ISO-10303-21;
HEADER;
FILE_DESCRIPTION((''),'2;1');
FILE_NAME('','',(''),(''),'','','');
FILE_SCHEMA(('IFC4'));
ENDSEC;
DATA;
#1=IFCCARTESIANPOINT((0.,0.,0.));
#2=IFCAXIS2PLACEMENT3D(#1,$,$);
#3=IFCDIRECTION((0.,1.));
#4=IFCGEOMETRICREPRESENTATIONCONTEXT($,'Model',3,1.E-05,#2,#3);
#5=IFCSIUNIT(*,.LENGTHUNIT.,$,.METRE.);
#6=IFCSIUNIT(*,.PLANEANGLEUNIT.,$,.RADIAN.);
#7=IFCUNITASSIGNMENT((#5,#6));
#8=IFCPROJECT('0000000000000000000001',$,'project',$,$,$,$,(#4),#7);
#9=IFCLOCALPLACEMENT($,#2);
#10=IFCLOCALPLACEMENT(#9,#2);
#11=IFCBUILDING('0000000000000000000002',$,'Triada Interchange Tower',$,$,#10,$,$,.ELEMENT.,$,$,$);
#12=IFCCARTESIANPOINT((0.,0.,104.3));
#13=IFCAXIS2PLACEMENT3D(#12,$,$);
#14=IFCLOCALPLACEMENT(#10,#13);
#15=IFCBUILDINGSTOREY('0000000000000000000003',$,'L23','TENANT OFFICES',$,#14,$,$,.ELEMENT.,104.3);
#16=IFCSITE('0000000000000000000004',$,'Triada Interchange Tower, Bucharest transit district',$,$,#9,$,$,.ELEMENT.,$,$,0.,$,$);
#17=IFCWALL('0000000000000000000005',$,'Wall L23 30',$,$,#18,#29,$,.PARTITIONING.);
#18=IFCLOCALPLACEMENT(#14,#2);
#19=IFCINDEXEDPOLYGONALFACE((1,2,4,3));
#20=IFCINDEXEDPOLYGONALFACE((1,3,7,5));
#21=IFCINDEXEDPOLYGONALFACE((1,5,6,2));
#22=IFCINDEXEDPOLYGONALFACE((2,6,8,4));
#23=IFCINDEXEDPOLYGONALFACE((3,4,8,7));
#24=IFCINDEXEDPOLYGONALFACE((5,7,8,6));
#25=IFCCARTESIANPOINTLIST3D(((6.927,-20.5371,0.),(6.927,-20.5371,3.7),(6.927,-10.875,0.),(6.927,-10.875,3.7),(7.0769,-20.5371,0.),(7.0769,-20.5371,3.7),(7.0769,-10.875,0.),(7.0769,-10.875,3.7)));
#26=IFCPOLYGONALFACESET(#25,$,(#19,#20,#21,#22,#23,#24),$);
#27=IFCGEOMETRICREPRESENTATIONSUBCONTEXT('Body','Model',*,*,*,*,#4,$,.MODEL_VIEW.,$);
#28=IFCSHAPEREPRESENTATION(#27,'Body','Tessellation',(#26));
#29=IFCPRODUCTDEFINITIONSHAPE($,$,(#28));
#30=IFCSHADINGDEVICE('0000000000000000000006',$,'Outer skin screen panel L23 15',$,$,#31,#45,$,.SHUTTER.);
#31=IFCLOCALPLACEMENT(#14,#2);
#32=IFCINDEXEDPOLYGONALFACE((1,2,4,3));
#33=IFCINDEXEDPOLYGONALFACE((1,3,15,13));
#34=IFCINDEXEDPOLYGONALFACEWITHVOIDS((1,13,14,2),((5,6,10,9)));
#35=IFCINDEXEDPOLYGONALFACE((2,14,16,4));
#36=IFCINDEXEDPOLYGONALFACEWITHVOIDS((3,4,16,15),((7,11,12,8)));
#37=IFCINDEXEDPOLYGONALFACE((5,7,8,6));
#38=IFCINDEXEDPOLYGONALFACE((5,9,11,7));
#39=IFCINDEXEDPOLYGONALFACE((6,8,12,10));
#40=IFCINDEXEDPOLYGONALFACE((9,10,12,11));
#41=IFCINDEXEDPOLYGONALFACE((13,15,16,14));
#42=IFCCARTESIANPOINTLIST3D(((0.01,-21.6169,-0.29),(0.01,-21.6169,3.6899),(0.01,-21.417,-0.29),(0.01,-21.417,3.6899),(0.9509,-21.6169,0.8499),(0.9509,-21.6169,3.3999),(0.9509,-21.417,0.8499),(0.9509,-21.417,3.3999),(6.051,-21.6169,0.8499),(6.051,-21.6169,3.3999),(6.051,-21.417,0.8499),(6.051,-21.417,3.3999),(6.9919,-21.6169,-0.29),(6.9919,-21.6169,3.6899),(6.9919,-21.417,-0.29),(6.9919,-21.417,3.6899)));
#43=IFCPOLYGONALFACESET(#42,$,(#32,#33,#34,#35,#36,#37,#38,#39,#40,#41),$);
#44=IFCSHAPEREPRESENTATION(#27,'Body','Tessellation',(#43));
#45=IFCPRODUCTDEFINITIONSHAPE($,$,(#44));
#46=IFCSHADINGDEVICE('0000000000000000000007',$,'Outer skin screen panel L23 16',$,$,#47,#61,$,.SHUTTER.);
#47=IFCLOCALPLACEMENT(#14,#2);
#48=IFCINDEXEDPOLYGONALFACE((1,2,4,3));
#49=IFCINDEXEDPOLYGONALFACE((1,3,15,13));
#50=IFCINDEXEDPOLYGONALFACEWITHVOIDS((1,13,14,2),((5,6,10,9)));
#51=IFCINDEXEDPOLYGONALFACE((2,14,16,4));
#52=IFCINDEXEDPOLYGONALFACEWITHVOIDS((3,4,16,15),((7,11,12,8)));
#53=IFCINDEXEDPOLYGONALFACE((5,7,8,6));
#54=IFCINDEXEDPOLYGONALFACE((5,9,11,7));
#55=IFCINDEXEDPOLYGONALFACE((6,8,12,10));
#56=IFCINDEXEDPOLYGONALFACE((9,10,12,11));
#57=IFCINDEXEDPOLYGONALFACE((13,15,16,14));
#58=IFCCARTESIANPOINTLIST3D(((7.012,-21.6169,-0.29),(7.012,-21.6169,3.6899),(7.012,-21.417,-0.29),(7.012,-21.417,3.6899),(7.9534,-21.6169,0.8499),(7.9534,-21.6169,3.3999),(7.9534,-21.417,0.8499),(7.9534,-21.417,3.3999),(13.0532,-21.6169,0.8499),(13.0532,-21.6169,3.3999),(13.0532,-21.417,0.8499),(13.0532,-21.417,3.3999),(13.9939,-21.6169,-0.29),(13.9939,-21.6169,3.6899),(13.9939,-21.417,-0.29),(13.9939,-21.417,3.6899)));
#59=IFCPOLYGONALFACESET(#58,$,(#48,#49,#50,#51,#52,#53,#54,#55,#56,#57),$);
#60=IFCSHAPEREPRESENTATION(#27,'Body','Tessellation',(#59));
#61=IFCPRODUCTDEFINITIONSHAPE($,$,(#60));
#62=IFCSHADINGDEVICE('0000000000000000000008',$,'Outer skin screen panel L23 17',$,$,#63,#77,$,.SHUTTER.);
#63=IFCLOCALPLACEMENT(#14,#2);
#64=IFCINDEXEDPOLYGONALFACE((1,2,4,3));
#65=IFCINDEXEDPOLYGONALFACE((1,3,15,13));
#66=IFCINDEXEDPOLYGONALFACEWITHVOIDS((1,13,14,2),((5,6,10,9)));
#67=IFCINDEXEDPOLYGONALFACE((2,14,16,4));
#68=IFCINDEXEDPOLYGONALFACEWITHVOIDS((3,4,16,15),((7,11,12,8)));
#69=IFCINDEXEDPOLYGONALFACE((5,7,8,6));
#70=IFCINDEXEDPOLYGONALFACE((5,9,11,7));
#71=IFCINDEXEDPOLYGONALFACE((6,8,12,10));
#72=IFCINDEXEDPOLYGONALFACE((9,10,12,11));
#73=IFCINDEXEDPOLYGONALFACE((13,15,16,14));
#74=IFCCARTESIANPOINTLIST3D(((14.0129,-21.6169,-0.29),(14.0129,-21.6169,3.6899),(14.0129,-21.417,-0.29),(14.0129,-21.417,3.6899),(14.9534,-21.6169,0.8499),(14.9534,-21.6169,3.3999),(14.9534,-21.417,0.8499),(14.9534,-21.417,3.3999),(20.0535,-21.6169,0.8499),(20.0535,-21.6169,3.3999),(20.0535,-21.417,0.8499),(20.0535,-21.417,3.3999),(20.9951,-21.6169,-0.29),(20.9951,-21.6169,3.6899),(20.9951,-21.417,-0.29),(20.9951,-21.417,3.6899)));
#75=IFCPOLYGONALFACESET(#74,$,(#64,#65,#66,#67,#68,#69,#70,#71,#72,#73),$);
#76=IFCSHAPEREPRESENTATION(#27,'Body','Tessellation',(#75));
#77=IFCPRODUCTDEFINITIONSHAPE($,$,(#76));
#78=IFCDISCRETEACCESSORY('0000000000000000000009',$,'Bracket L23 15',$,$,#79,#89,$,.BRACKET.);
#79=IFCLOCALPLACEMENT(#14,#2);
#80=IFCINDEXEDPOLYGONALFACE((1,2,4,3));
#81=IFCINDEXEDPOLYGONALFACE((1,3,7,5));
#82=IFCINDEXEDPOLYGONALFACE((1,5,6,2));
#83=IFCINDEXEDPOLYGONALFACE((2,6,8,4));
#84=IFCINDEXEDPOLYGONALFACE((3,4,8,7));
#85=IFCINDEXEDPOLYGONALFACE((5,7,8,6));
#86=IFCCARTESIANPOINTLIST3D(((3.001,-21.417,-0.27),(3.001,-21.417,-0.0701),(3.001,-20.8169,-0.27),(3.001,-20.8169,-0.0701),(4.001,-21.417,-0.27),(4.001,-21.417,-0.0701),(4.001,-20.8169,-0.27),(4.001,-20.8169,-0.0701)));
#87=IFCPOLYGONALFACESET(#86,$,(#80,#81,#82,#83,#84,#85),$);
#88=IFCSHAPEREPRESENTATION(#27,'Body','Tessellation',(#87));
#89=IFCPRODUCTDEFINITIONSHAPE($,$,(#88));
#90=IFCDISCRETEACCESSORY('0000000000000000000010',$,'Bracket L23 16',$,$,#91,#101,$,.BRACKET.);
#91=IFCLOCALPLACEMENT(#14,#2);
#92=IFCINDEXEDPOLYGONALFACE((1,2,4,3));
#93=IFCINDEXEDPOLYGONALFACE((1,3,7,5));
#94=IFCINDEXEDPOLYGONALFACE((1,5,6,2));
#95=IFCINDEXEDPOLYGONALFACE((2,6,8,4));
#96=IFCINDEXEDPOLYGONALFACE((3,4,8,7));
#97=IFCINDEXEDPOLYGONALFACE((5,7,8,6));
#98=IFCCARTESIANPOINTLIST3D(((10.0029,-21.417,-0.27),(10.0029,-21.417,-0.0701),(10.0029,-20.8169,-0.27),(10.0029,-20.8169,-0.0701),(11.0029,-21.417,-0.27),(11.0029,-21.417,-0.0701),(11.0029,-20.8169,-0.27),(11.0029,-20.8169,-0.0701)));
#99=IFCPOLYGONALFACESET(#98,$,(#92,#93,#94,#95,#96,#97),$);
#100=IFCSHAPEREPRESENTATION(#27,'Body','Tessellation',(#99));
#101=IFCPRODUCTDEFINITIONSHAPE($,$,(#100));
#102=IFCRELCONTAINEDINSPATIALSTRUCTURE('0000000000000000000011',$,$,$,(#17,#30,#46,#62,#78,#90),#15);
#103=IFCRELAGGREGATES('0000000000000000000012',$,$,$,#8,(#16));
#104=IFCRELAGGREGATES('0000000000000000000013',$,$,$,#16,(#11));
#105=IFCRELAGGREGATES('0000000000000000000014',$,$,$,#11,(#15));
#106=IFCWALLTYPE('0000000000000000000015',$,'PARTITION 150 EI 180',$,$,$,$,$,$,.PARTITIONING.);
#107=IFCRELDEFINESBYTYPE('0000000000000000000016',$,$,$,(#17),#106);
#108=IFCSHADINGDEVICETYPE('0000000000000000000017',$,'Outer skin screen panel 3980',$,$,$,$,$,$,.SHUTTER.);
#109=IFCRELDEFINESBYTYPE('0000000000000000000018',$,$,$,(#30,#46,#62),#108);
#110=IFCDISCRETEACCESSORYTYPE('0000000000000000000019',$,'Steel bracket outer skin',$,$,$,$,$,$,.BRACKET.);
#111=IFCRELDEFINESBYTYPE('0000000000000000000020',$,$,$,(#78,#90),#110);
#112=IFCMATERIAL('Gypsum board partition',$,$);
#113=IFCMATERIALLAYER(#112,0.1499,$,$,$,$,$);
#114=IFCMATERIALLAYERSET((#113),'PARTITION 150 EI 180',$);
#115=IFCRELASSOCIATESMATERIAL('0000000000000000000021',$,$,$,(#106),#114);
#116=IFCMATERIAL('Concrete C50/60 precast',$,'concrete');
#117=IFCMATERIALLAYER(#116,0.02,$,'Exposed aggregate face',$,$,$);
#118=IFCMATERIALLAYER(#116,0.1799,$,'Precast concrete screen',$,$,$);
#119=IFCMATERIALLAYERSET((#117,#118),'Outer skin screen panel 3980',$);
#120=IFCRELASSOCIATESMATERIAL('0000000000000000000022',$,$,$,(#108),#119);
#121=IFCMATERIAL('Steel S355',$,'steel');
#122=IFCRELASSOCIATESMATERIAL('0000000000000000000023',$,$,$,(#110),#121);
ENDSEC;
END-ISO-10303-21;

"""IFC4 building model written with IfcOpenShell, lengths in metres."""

from ifc_helpers import new_model, si_unit, direction, frame, frame_2d, origin, origin_2d, place, context, subcontext, project, spatial, polyline, rectangle, outline, extrude, material, layer, layer_set, type_object, element, save


model = new_model("IFC4")

# Units and contexts
model_context = context("Model", 3, precision=1e-05, world=origin(), true_north=direction((0.0, 1.0)))
body_context = subcontext(model_context, "Body", "Model", "MODEL_VIEW")
ifc_project = project(units=[si_unit("LENGTHUNIT", "METRE"), si_unit("PLANEANGLEUNIT", "RADIAN")], contexts=[model_context])

# Site, building, storey
site_placement = place(None, origin())
site = spatial("IfcSite", under=ifc_project, at=site_placement, Name="Triada Interchange Tower, Bucharest transit district", CompositionType="ELEMENT", RefElevation=0.0)
building_placement = place(site_placement, origin())
building = spatial("IfcBuilding", under=site, at=building_placement, Name="Triada Interchange Tower", CompositionType="ELEMENT")
storey_placement = place(building_placement, frame((0.0, 0.0, 104.3)))
storey = spatial("IfcBuildingStorey", under=building, at=storey_placement, Name="L23", Description="TENANT OFFICES", CompositionType="ELEMENT", Elevation=104.3)

# Wall
ifc_material_1 = material(Name="Gypsum board partition")
ifc_layer_1 = layer(ifc_material_1, 0.1499)
ifc_layer_set_1 = layer_set([ifc_layer_1], Name="PARTITION 150 EI 180")
wall_type_1 = type_object("IfcWallType", Name="PARTITION 150 EI 180", PredefinedType="PARTITIONING", material=ifc_layer_set_1)
wall_1_placement = place(storey_placement, frame((7.002, -20.5371, 0.0), z_axis=(0.0, 0.0, 1.0), x_axis=(0.0, 1.0, 0.0)))
element("IfcWall", 1, at=wall_1_placement, inside=storey, type_object=wall_type_1, Name="Wall L23 30", PredefinedType="PARTITIONING", context=body_context, shape_type="SweptSolid", body=[
    extrude(rectangle(XDim=9.6621, YDim=0.1499, at=frame_2d((4.8311, 0.0))), origin(), (0.0, 0.0, 1.0), 3.7),
])

# Shading devices
ifc_material_2 = material(Name="Concrete C50/60 precast", Category="concrete")
ifc_layer_2 = layer(ifc_material_2, 0.02, Name="Exposed aggregate face")
ifc_layer_3 = layer(ifc_material_2, 0.1799, Name="Precast concrete screen")
ifc_layer_set_2 = layer_set([ifc_layer_2, ifc_layer_3], Name="Outer skin screen panel 3980")
shading_device_type = type_object("IfcShadingDeviceType", Name="Outer skin screen panel 3980", PredefinedType="SHUTTER", material=ifc_layer_set_2)
shading_device_1_placement = place(storey_placement, frame((0.01, -21.417, -0.29), z_axis=(0.0, 0.0, 1.0), x_axis=(1.0, 0.0, 0.0)))
element("IfcShadingDevice", 2, at=shading_device_1_placement, inside=storey, type_object=shading_device_type, Name="Outer skin screen panel L23 15", PredefinedType="SHUTTER", context=body_context, shape_type="SweptSolid", body=[
    extrude(outline(polyline([(0.0, 0.0), (6.9819, 0.0), (6.9819, 3.98), (0.0, 3.98), (0.0, 0.0)]), holes=[polyline([(0.9409, 1.1399), (0.9409, 3.6899), (6.041, 3.6899), (6.041, 1.1399), (0.9409, 1.1399)])]), frame((0.0, 0.0, 0.0), z_axis=(0.0, -1.0, 0.0), x_axis=(1.0, 0.0, 0.0)), (0.0, 0.0, 1.0), 0.2),
])
shading_device_2_placement = place(storey_placement, frame((7.012, -21.417, -0.29), z_axis=(0.0, 0.0, 1.0), x_axis=(1.0, 0.0, 0.0)))
element("IfcShadingDevice", 3, at=shading_device_2_placement, inside=storey, type_object=shading_device_type, Name="Outer skin screen panel L23 16", PredefinedType="SHUTTER", context=body_context, shape_type="SweptSolid", body=[
    extrude(outline(polyline([(0.0, 0.0), (6.9819, 0.0), (6.9819, 3.98), (0.0, 3.98), (0.0, 0.0)]), holes=[polyline([(0.9414, 1.1399), (0.9414, 3.6899), (6.0413, 3.6899), (6.0413, 1.1399), (0.9414, 1.1399)])]), frame((0.0, 0.0, 0.0), z_axis=(0.0, -1.0, 0.0), x_axis=(1.0, 0.0, 0.0)), (0.0, 0.0, 1.0), 0.2),
])
shading_device_3_placement = place(storey_placement, frame((14.0129, -21.417, -0.29), z_axis=(0.0, 0.0, 1.0), x_axis=(1.0, 0.0, 0.0)))
element("IfcShadingDevice", 4, at=shading_device_3_placement, inside=storey, type_object=shading_device_type, Name="Outer skin screen panel L23 17", PredefinedType="SHUTTER", context=body_context, shape_type="SweptSolid", body=[
    extrude(outline(polyline([(0.0, 0.0), (6.9822, 0.0), (6.9822, 3.98), (0.0, 3.98), (0.0, 0.0)]), holes=[polyline([(0.9404, 1.1399), (0.9404, 3.6899), (6.0405, 3.6899), (6.0405, 1.1399), (0.9404, 1.1399)])]), frame((0.0, 0.0, 0.0), z_axis=(0.0, -1.0, 0.0), x_axis=(1.0, 0.0, 0.0)), (0.0, 0.0, 1.0), 0.2),
])

# Discrete accessories
ifc_material_3 = material(Name="Steel S355", Category="steel")
discrete_accessory_type = type_object("IfcDiscreteAccessoryType", Name="Steel bracket outer skin", PredefinedType="BRACKET", material=ifc_material_3)
for number, where, z_axis, x_axis, name in (
    (5, (3.501, -21.1169, -0.27), (0.0, 0.0, 1.0), (0.0, -1.0, 0.0), "Bracket L23 15"),
    (6, (10.5029, -21.1169, -0.27), (0.0, 0.0, 1.0), (0.0, -1.0, 0.0), "Bracket L23 16"),
):
    element("IfcDiscreteAccessory", number, at=place(storey_placement, frame(where, z_axis=z_axis, x_axis=x_axis)), inside=storey, type_object=discrete_accessory_type, Name=name, PredefinedType="BRACKET", context=body_context, shape_type="SweptSolid", body=[
        extrude(rectangle(XDim=0.6001, YDim=1.0, at=origin_2d()), origin(), (0.0, 0.0, 1.0), 0.2),
    ])

save(model, "model.ifc")
